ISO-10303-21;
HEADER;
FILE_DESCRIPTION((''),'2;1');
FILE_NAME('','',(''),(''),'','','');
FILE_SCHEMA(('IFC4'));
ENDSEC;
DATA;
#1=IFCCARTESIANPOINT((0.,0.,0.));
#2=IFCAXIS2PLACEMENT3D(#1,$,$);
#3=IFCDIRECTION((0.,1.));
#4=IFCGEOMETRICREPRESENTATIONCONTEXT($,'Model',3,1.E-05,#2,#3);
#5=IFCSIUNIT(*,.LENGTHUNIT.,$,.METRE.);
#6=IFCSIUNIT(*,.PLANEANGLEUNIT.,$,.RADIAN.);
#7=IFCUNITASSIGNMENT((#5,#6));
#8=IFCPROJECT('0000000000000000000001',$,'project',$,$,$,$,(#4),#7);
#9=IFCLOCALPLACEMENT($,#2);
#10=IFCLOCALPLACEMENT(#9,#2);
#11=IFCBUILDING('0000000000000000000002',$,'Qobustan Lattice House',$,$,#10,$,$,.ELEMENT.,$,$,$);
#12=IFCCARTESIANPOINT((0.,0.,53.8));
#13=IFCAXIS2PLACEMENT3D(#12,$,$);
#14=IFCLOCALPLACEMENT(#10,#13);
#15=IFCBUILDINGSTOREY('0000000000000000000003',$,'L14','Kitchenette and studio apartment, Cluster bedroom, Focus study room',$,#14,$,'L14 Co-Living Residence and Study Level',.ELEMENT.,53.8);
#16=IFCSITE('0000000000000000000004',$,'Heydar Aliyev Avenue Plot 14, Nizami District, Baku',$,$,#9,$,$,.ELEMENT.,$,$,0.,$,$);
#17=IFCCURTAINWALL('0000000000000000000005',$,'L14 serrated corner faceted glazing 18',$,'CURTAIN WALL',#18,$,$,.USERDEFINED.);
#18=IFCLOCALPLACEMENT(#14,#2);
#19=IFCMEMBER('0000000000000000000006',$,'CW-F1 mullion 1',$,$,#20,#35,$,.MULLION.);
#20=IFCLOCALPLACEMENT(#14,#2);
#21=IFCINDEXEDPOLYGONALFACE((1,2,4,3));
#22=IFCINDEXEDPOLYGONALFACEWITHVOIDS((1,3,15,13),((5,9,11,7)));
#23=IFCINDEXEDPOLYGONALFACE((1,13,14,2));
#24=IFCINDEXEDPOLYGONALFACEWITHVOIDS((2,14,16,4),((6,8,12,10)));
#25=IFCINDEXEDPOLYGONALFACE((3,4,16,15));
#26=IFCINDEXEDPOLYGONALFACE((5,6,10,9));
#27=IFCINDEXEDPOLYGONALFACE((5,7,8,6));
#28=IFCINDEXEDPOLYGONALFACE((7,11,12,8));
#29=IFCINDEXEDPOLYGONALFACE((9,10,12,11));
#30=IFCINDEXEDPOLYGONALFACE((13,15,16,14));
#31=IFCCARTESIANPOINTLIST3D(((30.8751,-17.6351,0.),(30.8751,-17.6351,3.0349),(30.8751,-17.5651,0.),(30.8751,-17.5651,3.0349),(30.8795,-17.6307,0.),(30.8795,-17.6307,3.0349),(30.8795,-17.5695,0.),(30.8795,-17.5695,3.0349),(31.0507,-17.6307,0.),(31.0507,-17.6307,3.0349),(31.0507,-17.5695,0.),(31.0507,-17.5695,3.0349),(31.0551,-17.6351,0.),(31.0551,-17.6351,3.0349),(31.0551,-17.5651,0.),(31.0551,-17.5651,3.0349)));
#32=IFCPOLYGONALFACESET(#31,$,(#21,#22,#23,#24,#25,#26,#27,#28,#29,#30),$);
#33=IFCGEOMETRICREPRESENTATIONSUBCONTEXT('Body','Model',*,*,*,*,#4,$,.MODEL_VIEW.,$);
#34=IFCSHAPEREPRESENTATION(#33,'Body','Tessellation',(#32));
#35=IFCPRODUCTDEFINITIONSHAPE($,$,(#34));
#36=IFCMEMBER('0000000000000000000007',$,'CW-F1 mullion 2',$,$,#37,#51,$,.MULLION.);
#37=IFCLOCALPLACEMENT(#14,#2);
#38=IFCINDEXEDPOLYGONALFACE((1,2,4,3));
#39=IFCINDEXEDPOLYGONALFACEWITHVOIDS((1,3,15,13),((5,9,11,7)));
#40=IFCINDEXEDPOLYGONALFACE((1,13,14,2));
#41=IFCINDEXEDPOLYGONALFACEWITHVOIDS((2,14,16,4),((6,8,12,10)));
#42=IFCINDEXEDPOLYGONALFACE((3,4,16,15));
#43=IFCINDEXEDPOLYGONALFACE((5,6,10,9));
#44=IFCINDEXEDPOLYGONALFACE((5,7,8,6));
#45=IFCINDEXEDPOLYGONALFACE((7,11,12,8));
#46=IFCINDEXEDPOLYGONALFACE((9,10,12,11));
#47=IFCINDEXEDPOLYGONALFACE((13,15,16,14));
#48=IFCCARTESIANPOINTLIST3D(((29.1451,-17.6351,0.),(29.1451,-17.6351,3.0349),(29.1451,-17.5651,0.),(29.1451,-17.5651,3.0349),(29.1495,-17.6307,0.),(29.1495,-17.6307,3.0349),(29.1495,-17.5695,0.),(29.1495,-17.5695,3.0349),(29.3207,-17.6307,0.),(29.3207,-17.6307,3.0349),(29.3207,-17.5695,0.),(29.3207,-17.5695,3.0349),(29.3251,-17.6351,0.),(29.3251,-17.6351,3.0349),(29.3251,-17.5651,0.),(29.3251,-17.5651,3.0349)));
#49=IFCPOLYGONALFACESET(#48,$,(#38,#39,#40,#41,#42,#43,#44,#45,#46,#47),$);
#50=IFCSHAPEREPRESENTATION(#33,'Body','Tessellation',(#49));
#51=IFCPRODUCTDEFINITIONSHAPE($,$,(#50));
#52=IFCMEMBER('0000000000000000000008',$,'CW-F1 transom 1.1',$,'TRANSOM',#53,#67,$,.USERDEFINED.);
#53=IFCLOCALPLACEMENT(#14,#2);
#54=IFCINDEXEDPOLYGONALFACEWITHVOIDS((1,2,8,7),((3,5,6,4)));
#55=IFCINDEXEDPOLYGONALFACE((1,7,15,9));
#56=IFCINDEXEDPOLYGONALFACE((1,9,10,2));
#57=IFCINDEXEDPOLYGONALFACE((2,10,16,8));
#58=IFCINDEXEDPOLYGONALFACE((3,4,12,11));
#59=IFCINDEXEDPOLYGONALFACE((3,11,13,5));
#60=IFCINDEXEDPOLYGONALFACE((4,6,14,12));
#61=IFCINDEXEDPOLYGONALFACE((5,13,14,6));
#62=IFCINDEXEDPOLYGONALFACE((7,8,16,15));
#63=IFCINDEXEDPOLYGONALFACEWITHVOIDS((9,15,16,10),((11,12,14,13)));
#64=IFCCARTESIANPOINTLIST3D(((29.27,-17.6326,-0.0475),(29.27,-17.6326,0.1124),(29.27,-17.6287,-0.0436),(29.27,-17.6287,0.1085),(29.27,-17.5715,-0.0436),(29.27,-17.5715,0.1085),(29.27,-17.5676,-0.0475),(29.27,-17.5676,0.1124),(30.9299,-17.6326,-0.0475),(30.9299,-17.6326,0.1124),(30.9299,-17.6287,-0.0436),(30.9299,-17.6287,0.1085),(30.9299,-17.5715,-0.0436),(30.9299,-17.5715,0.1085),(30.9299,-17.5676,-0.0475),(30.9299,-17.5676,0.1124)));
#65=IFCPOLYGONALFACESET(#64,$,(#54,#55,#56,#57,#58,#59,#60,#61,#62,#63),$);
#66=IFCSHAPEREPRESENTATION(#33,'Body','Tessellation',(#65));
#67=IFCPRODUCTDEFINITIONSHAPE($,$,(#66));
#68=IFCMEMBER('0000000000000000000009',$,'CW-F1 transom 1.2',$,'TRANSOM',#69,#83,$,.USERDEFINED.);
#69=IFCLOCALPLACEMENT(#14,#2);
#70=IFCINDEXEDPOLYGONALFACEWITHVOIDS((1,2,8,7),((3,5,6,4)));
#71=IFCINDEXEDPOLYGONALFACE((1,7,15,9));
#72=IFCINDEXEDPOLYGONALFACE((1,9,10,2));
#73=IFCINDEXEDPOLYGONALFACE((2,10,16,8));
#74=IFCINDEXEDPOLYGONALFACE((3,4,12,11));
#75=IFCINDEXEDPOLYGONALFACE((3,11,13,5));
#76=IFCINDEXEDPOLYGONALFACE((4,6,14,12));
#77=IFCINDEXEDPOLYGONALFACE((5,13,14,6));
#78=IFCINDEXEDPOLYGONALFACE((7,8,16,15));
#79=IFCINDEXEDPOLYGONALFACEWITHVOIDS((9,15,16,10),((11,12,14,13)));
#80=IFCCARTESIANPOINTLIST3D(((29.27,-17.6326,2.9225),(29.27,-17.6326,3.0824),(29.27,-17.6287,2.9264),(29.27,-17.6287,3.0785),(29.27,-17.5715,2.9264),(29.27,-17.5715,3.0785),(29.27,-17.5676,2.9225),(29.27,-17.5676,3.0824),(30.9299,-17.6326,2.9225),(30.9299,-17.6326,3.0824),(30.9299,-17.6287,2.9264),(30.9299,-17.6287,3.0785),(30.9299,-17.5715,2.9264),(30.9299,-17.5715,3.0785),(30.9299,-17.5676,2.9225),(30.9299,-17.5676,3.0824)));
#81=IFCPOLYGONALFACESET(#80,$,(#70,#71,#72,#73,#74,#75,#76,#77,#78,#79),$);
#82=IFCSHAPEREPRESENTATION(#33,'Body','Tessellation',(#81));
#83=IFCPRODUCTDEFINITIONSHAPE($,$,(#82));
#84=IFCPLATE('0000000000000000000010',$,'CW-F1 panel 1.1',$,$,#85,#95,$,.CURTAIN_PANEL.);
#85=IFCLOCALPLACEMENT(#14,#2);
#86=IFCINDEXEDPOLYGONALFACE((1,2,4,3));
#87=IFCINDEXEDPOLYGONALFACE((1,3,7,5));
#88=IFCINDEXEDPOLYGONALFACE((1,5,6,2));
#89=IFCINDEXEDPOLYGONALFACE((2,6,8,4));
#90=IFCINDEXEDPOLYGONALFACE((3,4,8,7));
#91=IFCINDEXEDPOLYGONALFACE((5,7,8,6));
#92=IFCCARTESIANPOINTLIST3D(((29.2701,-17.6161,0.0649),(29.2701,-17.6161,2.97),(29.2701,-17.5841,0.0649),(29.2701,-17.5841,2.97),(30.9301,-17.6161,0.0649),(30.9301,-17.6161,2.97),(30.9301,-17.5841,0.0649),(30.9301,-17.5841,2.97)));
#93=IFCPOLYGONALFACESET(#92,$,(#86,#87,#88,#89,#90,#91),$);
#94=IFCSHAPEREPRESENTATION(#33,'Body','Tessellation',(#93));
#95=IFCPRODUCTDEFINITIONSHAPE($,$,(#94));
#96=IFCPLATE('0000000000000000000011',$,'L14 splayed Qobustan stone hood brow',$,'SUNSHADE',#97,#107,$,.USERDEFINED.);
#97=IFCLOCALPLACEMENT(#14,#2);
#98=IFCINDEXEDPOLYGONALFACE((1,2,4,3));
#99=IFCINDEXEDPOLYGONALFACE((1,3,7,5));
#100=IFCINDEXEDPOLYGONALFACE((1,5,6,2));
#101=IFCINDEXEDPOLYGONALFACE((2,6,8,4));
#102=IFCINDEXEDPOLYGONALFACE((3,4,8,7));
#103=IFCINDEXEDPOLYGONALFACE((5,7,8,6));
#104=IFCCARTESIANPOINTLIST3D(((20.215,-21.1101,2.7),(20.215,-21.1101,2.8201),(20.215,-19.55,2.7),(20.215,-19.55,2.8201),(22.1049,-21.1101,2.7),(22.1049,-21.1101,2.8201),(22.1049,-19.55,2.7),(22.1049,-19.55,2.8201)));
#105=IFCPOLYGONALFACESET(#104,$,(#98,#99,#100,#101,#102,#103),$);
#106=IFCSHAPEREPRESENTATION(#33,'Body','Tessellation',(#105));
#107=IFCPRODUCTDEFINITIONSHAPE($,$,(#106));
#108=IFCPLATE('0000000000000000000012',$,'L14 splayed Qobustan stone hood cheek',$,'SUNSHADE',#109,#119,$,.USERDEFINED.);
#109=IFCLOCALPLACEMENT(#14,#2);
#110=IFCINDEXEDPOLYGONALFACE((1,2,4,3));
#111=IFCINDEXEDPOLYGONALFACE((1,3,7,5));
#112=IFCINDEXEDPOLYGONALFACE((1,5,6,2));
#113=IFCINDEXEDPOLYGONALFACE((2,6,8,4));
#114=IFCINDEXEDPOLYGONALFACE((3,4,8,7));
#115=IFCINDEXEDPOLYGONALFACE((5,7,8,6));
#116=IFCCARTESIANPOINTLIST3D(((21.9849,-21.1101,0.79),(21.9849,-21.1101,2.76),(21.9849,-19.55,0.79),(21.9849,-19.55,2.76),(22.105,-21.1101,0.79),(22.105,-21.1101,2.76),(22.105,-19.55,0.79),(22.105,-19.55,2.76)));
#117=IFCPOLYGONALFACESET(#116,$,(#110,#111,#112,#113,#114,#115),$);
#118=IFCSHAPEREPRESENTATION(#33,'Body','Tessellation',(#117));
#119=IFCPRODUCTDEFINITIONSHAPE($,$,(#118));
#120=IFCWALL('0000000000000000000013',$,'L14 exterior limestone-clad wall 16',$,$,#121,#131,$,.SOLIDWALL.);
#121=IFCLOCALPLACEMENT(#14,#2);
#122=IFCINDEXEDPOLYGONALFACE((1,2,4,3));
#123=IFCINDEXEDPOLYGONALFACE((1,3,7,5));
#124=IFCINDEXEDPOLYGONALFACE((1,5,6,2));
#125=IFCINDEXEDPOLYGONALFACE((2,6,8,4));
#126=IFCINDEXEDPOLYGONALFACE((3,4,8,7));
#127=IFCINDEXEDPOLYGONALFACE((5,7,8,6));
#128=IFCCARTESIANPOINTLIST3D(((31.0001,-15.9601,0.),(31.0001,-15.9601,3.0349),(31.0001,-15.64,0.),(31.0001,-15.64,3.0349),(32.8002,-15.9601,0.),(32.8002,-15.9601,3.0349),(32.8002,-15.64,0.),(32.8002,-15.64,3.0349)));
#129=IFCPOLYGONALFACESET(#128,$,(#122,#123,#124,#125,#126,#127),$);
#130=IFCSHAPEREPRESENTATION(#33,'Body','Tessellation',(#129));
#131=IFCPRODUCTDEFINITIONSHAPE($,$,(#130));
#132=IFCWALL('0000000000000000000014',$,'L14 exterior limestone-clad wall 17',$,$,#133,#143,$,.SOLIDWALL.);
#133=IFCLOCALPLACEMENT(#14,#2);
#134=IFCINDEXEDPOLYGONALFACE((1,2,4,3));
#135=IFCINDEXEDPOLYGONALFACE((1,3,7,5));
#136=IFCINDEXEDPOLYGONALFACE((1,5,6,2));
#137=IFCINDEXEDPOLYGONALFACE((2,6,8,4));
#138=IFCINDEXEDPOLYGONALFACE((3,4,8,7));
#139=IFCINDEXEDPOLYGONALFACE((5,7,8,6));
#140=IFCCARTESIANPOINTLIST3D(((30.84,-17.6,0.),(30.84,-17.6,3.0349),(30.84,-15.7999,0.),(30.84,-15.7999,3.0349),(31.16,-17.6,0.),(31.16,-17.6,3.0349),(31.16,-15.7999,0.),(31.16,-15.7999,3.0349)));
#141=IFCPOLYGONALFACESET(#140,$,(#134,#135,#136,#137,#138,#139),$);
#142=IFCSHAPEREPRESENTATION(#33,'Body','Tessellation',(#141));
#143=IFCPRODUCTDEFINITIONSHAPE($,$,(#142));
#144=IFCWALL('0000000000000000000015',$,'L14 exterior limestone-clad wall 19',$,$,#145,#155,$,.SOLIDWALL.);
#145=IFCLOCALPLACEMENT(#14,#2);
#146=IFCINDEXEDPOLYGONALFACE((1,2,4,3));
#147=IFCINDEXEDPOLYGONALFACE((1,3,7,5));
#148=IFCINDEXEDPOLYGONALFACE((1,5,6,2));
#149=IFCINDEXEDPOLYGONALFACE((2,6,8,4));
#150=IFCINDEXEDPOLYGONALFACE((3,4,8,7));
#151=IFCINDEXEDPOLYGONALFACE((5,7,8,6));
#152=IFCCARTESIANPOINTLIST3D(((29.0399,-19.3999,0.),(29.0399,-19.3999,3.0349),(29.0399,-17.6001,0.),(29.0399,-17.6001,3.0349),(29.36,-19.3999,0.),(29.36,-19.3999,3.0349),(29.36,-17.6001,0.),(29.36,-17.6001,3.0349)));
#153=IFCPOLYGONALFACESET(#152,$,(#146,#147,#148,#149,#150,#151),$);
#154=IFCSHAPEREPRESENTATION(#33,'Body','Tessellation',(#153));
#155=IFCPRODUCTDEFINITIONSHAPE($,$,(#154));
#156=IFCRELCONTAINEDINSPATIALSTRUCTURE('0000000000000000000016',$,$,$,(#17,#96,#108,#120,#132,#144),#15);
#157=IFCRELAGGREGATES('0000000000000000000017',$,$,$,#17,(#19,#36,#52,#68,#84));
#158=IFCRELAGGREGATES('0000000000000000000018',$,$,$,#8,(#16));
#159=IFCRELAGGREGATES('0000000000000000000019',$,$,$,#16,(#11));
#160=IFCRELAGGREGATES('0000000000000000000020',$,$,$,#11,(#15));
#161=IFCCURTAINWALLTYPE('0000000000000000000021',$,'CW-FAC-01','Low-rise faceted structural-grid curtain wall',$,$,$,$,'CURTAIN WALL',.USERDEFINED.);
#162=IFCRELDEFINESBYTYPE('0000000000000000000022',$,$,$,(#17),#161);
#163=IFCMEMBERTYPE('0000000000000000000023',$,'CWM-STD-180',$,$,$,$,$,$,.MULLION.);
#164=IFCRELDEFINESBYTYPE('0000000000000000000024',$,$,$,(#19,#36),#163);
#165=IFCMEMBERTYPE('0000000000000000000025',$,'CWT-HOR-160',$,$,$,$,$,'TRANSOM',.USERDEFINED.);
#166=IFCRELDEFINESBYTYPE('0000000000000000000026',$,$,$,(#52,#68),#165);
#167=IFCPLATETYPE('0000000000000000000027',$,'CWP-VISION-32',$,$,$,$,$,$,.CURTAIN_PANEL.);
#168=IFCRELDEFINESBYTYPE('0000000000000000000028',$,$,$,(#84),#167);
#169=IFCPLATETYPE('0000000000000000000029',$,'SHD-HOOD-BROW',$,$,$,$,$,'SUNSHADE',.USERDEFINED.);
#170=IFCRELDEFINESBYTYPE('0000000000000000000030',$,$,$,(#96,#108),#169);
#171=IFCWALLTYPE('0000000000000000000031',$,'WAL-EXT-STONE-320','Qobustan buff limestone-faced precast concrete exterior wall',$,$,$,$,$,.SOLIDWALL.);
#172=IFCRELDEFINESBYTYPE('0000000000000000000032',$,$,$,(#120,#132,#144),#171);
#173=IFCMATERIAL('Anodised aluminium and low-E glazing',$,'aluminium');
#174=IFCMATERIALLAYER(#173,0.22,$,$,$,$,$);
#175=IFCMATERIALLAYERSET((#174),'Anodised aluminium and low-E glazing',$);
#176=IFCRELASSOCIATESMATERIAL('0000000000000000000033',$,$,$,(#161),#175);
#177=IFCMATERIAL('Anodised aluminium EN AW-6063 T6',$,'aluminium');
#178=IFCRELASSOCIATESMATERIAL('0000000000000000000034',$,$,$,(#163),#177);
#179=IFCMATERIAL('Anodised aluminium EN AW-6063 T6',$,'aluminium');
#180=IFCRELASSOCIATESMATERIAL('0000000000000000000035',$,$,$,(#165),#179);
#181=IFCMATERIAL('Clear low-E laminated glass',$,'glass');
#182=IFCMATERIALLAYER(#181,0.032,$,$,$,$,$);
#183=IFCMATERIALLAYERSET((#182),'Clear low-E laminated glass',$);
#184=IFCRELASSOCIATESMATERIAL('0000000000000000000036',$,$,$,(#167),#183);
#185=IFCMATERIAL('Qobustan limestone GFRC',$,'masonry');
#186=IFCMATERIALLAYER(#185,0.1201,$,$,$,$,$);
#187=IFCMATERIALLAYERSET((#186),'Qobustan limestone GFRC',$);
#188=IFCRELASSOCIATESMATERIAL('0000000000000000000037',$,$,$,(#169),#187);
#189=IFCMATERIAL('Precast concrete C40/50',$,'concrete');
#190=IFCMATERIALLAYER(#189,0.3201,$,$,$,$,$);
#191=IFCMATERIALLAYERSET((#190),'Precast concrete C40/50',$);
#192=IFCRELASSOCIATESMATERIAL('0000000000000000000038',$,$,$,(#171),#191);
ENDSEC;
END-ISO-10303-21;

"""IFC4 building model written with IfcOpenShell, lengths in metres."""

from ifc_helpers import new_model, si_unit, direction, frame, frame_2d, origin, origin_2d, place, context, subcontext, project, spatial, rectangle, hollow_rectangle, extrude, material, layer, layer_set, material_profile, profile_set, type_object, element, aggregate, save


model = new_model("IFC4")

# Units and contexts
model_context = context("Model", 3, precision=1e-05, world=origin(), true_north=direction((0.0, 1.0)))
body_context = subcontext(model_context, "Body", "Model", "MODEL_VIEW")
ifc_project = project(units=[si_unit("LENGTHUNIT", "METRE"), si_unit("PLANEANGLEUNIT", "RADIAN")], contexts=[model_context])

# Site, building, storey
site_placement = place(None, origin())
site = spatial("IfcSite", under=ifc_project, at=site_placement, Name="Heydar Aliyev Avenue Plot 14, Nizami District, Baku", CompositionType="ELEMENT", RefElevation=0.0)
building_placement = place(site_placement, origin())
building = spatial("IfcBuilding", under=site, at=building_placement, Name="Qobustan Lattice House", CompositionType="ELEMENT")
storey_placement = place(building_placement, frame((0.0, 0.0, 53.8)))
storey = spatial("IfcBuildingStorey", under=building, at=storey_placement, Name="L14", Description="Kitchenette and studio apartment, Cluster bedroom, Focus study room", LongName="L14 Co-Living Residence and Study Level", CompositionType="ELEMENT", Elevation=53.8)

# Curtain wall, members, plate
ifc_material_1 = material(Name="Anodised aluminium and low-E glazing", Category="aluminium")
ifc_layer_1 = layer(ifc_material_1, 0.22)
ifc_layer_set_1 = layer_set([ifc_layer_1], Name="Anodised aluminium and low-E glazing")
curtain_wall_type = type_object("IfcCurtainWallType", Name="CW-FAC-01", Description="Low-rise faceted structural-grid curtain wall", ElementType="CURTAIN WALL", PredefinedType="USERDEFINED", material=ifc_layer_set_1)
curtain_wall_placement = place(storey_placement, origin())
curtain_wall = element("IfcCurtainWall", 1, at=curtain_wall_placement, inside=storey, type_object=curtain_wall_type, Name="L14 serrated corner faceted glazing 18", ObjectType="CURTAIN WALL", PredefinedType="USERDEFINED")
ifc_material_2 = material(Name="Anodised aluminium EN AW-6063 T6", Category="aluminium")
ifc_material_profile_1 = material_profile(ifc_material_2, hollow_rectangle(XDim=0.0701, YDim=0.1799, WallThickness=0.0044, at=origin_2d()), Name="CWM-180x70")
ifc_profile_set_1 = profile_set([ifc_material_profile_1], Name="Anodised aluminium EN AW-6063 T6")
member_type_1 = type_object("IfcMemberType", Name="CWM-STD-180", PredefinedType="MULLION", material=ifc_profile_set_1)
member_1_placement = place(storey_placement, frame((30.9651, -17.6001, 0.0), z_axis=(0.0, 0.0, 1.0), x_axis=(0.0, -1.0, 0.0)))
member_1 = element("IfcMember", 2, at=member_1_placement, type_object=member_type_1, Name="CW-F1 mullion 1", PredefinedType="MULLION", context=body_context, shape_type="SweptSolid", body=[
    extrude(hollow_rectangle(XDim=0.0701, YDim=0.1799, WallThickness=0.0044, at=origin_2d()), origin(), (0.0, 0.0, 1.0), 3.0349),
])
member_2_placement = place(storey_placement, frame((29.2351, -17.6001, 0.0), z_axis=(0.0, 0.0, 1.0), x_axis=(0.0, -1.0, 0.0)))
member_2 = element("IfcMember", 3, at=member_2_placement, type_object=member_type_1, Name="CW-F1 mullion 2", PredefinedType="MULLION", context=body_context, shape_type="SweptSolid", body=[
    extrude(hollow_rectangle(XDim=0.0701, YDim=0.1799, WallThickness=0.0044, at=origin_2d()), origin(), (0.0, 0.0, 1.0), 3.0349),
])
ifc_material_3 = material(Name="Anodised aluminium EN AW-6063 T6", Category="aluminium")
ifc_material_profile_2 = material_profile(ifc_material_3, hollow_rectangle(XDim=0.0649, YDim=0.1599, WallThickness=0.0039, at=origin_2d()), Name="CWT-160x65")
ifc_profile_set_2 = profile_set([ifc_material_profile_2], Name="Anodised aluminium EN AW-6063 T6")
member_type_2 = type_object("IfcMemberType", Name="CWT-HOR-160", ElementType="TRANSOM", PredefinedType="USERDEFINED", material=ifc_profile_set_2)
member_3_placement = place(storey_placement, frame((30.9299, -17.6001, 0.0325), z_axis=(-1.0, 0.0, 0.0), x_axis=(0.0, -1.0, 0.0)))
member_3 = element("IfcMember", 4, at=member_3_placement, type_object=member_type_2, Name="CW-F1 transom 1.1", ObjectType="TRANSOM", PredefinedType="USERDEFINED", context=body_context, shape_type="SweptSolid", body=[
    extrude(hollow_rectangle(XDim=0.0649, YDim=0.1599, WallThickness=0.0039, at=origin_2d()), origin(), (0.0, 0.0, 1.0), 1.6599),
])
member_4_placement = place(storey_placement, frame((30.9299, -17.6001, 3.0024), z_axis=(-1.0, 0.0, 0.0), x_axis=(0.0, -1.0, 0.0)))
member_4 = element("IfcMember", 5, at=member_4_placement, type_object=member_type_2, Name="CW-F1 transom 1.2", ObjectType="TRANSOM", PredefinedType="USERDEFINED", context=body_context, shape_type="SweptSolid", body=[
    extrude(hollow_rectangle(XDim=0.0649, YDim=0.1599, WallThickness=0.0039, at=origin_2d()), origin(), (0.0, 0.0, 1.0), 1.6599),
])
ifc_material_4 = material(Name="Clear low-E laminated glass", Category="glass")
ifc_layer_2 = layer(ifc_material_4, 0.032)
ifc_layer_set_2 = layer_set([ifc_layer_2], Name="Clear low-E laminated glass")
plate_type_1 = type_object("IfcPlateType", Name="CWP-VISION-32", PredefinedType="CURTAIN_PANEL", material=ifc_layer_set_2)
plate_1_placement = place(storey_placement, frame((30.1001, -17.6001, 0.0649), z_axis=(0.0, 0.0, 1.0), x_axis=(-1.0, 0.0, 0.0)))
plate_1 = element("IfcPlate", 6, at=plate_1_placement, type_object=plate_type_1, Name="CW-F1 panel 1.1", PredefinedType="CURTAIN_PANEL", context=body_context, shape_type="SweptSolid", body=[
    extrude(rectangle(XDim=1.6599, YDim=0.032, at=origin_2d()), origin(), (0.0, 0.0, 1.0), 2.905),
])
aggregate(curtain_wall, [member_1, member_2, member_3, member_4, plate_1])

# Plates
ifc_material_5 = material(Name="Qobustan limestone GFRC", Category="masonry")
ifc_layer_3 = layer(ifc_material_5, 0.1201)
ifc_layer_set_3 = layer_set([ifc_layer_3], Name="Qobustan limestone GFRC")
plate_type_2 = type_object("IfcPlateType", Name="SHD-HOOD-BROW", ElementType="SUNSHADE", PredefinedType="USERDEFINED", material=ifc_layer_set_3)
plate_2_placement = place(storey_placement, frame((21.1599, -20.3301, 2.7), z_axis=(0.0, 0.0, 1.0), x_axis=(-1.0, 0.0, 0.0)))
element("IfcPlate", 7, at=plate_2_placement, inside=storey, type_object=plate_type_2, Name="L14 splayed Qobustan stone hood brow", ObjectType="SUNSHADE", PredefinedType="USERDEFINED", context=body_context, shape_type="SweptSolid", body=[
    extrude(rectangle(XDim=1.8899, YDim=1.5601, at=origin_2d()), origin(), (0.0, 0.0, 1.0), 0.1201),
])
plate_3_placement = place(storey_placement, frame((22.0449, -20.3301, 0.79), z_axis=(0.0, 0.0, 1.0), x_axis=(-1.0, 0.0, 0.0)))
element("IfcPlate", 8, at=plate_3_placement, inside=storey, type_object=plate_type_2, Name="L14 splayed Qobustan stone hood cheek", ObjectType="SUNSHADE", PredefinedType="USERDEFINED", context=body_context, shape_type="SweptSolid", body=[
    extrude(rectangle(XDim=0.1201, YDim=1.5601, at=origin_2d()), origin(), (0.0, 0.0, 1.0), 1.97),
])

# Walls
ifc_material_6 = material(Name="Precast concrete C40/50", Category="concrete")
ifc_layer_4 = layer(ifc_material_6, 0.3201)
ifc_layer_set_4 = layer_set([ifc_layer_4], Name="Precast concrete C40/50")
wall_type = type_object("IfcWallType", Name="WAL-EXT-STONE-320", Description="Qobustan buff limestone-faced precast concrete exterior wall", PredefinedType="SOLIDWALL", material=ifc_layer_set_4)
for number, where, z_axis, x_axis, name in (
    (9, (32.8, -15.8, 0.0), (0.0, 0.0, 1.0), (-1.0, 0.0, 0.0), "L14 exterior limestone-clad wall 16"),
    (10, (31.0, -15.8, 0.0), (0.0, 0.0, 1.0), (0.0, -1.0, 0.0), "L14 exterior limestone-clad wall 17"),
):
    element("IfcWall", number, at=place(storey_placement, frame(where, z_axis=z_axis, x_axis=x_axis)), inside=storey, type_object=wall_type, Name=name, PredefinedType="SOLIDWALL", context=body_context, shape_type="SweptSolid", body=[
        extrude(rectangle(XDim=1.8, YDim=0.3201, at=frame_2d((0.8999, 0.0))), origin(), (0.0, 0.0, 1.0), 3.0349),
    ])
wall_1_placement = place(storey_placement, frame((29.2, -17.6001, 0.0), z_axis=(0.0, 0.0, 1.0), x_axis=(0.0, -1.0, 0.0)))
element("IfcWall", 11, at=wall_1_placement, inside=storey, type_object=wall_type, Name="L14 exterior limestone-clad wall 19", PredefinedType="SOLIDWALL", context=body_context, shape_type="SweptSolid", body=[
    extrude(rectangle(XDim=1.7998, YDim=0.3201, at=frame_2d((0.8999, 0.0))), origin(), (0.0, 0.0, 1.0), 3.0349),
])

save(model, "model.ifc")
